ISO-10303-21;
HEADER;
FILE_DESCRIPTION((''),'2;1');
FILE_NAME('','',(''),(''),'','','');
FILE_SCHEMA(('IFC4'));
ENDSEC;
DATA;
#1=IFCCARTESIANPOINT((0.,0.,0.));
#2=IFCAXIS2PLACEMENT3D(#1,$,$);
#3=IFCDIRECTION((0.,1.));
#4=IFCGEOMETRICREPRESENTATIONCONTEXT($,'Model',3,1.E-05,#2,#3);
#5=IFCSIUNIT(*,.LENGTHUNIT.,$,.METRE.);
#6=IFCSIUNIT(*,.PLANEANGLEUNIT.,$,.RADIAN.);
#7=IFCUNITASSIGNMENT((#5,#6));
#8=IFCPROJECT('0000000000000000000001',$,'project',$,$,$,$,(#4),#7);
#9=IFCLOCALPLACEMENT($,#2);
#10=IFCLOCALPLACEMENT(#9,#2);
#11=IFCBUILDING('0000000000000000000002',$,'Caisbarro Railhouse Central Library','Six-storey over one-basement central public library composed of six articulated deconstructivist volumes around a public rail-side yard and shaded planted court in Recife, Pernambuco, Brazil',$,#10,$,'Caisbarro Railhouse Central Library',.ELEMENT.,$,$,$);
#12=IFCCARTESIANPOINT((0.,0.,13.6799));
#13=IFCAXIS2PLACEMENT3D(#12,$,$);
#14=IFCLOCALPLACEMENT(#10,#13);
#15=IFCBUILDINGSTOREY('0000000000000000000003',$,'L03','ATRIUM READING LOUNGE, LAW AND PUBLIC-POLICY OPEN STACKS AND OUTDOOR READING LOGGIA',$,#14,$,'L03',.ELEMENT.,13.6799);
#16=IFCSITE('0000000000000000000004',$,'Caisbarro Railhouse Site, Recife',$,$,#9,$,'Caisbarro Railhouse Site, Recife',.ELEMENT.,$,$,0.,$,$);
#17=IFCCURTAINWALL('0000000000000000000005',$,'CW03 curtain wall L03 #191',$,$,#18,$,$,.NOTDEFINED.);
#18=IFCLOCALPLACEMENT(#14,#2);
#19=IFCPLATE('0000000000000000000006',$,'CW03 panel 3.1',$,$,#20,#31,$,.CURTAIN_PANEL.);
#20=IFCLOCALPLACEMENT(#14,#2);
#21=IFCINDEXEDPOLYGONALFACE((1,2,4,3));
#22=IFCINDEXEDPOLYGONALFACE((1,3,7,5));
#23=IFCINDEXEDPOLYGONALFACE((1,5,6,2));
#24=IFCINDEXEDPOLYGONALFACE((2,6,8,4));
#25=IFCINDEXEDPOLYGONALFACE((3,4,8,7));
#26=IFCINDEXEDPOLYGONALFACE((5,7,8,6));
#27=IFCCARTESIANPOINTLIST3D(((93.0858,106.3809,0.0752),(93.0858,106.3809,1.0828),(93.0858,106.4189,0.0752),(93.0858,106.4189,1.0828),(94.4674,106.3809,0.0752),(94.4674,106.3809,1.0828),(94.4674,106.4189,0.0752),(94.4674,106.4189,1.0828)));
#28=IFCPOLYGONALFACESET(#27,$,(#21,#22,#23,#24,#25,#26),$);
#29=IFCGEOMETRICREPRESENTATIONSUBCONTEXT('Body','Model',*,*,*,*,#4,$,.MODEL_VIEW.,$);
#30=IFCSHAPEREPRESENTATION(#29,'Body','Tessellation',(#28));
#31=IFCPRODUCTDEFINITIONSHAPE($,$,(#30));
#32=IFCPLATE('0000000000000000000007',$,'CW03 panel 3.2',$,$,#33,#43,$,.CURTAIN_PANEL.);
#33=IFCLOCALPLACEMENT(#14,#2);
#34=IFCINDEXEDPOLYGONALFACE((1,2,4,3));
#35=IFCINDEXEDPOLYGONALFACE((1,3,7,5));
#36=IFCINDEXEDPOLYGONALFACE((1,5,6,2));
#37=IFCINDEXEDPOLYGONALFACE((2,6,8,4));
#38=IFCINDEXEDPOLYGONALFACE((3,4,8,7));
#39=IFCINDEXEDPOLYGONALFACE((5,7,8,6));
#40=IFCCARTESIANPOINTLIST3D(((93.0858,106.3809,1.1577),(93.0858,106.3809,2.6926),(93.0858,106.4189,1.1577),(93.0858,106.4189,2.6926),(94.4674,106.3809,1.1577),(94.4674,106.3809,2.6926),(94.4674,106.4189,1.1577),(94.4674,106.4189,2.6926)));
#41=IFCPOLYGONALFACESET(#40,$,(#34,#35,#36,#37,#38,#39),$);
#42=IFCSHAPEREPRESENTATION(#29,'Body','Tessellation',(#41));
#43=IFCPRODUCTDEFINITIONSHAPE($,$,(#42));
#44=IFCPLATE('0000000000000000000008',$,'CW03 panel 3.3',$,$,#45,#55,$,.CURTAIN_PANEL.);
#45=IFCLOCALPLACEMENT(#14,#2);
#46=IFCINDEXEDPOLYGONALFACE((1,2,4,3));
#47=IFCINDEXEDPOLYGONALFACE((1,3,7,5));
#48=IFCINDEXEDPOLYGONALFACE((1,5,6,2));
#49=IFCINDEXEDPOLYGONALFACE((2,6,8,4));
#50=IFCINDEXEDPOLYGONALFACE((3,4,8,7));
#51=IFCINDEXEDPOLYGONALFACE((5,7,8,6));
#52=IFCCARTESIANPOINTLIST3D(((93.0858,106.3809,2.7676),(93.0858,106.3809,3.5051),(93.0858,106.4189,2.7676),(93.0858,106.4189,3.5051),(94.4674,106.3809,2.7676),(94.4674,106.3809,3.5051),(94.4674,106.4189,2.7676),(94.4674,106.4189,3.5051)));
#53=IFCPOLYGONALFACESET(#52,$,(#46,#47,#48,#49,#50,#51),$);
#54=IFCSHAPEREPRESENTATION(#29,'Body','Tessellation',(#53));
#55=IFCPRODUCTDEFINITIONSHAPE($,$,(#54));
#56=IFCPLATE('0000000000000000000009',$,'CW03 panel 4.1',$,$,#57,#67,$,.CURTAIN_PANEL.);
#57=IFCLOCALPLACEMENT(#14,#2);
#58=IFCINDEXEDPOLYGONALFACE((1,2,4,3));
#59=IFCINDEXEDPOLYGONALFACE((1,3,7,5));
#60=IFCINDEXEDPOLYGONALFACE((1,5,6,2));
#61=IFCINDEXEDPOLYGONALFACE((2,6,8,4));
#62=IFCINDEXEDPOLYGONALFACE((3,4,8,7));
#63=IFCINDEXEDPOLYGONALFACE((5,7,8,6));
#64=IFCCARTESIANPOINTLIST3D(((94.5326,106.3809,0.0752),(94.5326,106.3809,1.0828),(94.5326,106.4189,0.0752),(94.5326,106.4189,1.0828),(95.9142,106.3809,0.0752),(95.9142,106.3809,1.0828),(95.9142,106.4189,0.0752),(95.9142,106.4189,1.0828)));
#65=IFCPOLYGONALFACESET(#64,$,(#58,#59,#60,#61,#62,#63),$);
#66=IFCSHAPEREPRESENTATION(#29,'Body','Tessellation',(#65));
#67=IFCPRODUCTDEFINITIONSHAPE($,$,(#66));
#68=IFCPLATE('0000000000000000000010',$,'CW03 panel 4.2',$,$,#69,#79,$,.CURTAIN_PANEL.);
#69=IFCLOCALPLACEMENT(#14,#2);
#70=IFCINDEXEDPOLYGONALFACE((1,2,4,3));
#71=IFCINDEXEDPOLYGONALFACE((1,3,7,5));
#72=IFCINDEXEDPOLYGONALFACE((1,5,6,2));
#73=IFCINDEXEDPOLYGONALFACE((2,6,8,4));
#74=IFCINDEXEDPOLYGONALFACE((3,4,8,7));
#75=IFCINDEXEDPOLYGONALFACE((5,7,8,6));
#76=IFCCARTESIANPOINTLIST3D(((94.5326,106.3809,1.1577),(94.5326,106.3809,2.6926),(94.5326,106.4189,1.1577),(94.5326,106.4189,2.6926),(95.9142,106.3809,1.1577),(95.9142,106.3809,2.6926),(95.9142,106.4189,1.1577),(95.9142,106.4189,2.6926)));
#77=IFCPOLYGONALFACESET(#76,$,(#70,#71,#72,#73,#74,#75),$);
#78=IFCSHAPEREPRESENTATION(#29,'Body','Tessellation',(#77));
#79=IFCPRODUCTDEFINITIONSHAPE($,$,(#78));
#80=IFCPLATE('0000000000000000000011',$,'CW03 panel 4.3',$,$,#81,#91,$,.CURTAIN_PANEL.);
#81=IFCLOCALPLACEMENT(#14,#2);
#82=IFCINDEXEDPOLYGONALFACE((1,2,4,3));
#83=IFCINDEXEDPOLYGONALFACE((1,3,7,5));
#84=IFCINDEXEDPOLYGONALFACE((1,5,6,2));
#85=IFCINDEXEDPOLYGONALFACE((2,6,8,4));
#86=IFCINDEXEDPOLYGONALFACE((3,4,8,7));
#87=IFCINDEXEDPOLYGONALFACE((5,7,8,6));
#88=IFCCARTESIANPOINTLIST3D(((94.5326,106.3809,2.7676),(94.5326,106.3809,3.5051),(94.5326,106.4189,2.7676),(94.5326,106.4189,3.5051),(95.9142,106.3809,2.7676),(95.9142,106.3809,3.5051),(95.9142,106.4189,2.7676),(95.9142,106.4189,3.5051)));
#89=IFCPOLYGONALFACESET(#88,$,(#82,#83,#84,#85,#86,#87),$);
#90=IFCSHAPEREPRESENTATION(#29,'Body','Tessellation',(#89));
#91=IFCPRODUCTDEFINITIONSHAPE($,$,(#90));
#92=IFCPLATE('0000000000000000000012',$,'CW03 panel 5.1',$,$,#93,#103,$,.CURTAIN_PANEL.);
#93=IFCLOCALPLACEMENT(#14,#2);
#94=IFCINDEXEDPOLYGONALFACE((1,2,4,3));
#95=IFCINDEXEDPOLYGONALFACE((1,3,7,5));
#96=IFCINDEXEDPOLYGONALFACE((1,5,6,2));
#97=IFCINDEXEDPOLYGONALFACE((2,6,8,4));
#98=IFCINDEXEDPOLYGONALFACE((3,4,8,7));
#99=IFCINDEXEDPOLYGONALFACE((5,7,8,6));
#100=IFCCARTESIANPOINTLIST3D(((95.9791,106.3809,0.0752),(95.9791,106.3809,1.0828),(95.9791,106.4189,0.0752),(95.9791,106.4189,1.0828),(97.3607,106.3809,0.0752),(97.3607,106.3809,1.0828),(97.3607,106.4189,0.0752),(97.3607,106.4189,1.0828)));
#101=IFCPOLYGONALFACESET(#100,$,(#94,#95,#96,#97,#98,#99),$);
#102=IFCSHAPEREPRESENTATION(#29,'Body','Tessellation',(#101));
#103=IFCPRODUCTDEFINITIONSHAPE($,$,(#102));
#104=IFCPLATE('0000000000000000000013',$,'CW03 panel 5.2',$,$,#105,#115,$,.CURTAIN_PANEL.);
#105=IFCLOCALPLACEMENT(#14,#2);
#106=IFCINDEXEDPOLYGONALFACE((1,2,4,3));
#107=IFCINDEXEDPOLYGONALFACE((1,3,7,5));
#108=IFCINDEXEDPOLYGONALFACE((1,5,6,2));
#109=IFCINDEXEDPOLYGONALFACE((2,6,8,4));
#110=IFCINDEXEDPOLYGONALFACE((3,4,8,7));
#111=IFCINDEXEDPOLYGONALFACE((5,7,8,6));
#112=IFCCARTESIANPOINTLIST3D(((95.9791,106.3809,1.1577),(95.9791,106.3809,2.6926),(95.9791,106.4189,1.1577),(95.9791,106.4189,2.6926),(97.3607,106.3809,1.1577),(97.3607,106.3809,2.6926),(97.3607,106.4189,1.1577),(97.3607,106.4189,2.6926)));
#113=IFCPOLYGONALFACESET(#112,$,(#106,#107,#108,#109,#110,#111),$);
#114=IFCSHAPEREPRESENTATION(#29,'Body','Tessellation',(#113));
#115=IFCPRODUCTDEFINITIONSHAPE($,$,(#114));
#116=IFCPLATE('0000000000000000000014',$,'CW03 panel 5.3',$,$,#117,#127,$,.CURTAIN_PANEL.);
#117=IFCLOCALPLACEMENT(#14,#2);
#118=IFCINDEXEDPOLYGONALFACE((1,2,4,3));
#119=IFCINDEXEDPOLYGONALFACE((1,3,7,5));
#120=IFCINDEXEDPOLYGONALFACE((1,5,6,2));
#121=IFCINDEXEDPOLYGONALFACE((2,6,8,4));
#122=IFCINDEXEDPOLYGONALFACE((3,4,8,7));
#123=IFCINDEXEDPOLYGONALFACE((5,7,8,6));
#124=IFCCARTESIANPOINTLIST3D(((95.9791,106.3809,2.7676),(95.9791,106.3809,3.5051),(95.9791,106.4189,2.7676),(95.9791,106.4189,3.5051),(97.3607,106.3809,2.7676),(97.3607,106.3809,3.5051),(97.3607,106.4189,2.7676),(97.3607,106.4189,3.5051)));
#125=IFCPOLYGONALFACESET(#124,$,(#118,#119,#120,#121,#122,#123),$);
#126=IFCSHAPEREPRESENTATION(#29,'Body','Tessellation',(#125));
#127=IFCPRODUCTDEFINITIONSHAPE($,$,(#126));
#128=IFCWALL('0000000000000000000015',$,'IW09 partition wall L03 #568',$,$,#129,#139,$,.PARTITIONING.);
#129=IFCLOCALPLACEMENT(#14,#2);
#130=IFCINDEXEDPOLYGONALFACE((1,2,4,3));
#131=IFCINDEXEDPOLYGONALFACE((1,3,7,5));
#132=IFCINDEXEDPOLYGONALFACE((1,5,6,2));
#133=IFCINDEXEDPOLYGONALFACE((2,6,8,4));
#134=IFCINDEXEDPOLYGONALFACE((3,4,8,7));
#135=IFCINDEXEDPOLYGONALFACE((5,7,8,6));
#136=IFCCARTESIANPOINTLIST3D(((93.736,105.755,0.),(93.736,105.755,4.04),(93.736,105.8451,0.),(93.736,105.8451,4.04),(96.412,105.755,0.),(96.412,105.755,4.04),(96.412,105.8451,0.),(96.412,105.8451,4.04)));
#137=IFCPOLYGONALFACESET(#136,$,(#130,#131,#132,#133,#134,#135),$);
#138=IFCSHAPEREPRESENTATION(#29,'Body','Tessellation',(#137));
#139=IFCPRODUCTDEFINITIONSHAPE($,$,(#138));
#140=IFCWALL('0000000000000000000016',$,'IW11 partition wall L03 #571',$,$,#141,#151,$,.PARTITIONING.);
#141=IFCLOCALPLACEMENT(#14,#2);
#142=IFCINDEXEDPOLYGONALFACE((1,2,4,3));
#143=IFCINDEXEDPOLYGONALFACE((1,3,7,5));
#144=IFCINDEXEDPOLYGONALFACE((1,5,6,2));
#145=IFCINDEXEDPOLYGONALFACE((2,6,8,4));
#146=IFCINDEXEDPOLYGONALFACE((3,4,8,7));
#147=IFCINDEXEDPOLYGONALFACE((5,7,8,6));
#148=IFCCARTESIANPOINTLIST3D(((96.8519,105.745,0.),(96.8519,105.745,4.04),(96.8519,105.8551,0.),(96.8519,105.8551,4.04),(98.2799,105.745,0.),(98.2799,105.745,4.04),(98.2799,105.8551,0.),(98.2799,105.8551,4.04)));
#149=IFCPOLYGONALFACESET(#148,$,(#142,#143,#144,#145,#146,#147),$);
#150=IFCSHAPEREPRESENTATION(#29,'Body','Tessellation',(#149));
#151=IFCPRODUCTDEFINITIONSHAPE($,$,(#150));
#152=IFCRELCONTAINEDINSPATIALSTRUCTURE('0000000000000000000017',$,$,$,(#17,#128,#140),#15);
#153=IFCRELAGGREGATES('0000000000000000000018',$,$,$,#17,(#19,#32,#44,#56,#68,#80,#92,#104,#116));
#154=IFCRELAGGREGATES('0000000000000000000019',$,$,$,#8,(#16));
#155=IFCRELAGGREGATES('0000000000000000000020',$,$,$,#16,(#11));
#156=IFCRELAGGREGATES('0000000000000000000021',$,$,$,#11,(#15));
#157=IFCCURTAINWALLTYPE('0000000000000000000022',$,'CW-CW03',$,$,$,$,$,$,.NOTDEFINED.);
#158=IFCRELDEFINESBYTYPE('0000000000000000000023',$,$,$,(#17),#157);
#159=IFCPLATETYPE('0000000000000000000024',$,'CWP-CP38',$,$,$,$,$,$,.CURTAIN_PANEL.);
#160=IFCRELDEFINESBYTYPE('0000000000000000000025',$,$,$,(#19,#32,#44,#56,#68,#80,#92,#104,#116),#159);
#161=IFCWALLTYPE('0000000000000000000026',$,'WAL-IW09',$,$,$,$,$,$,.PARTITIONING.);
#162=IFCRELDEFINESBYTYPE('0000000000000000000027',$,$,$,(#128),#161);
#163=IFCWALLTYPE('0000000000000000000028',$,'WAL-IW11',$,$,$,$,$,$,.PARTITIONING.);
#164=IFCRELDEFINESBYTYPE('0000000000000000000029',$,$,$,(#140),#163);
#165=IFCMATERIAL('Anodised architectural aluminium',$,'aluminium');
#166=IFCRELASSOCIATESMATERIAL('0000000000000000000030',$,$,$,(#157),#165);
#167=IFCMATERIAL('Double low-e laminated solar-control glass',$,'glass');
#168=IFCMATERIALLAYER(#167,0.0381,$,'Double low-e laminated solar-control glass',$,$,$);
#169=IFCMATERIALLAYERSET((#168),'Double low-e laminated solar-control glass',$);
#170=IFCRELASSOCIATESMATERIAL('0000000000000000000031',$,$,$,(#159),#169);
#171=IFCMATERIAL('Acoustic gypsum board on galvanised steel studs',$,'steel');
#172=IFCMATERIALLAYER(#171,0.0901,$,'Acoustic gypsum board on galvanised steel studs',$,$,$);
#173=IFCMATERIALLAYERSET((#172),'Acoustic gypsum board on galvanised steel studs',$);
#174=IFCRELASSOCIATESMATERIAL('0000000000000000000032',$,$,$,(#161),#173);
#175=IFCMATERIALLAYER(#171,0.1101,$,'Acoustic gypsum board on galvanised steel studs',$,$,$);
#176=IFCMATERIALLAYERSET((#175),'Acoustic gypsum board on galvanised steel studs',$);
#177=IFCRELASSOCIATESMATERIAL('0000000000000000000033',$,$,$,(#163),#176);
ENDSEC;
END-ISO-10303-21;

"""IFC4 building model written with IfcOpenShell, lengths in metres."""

from ifc_helpers import new_model, si_unit, direction, frame, frame_2d, origin, origin_2d, place, context, subcontext, project, spatial, rectangle, extrude, material, layer, layer_set, type_object, element, aggregate, save


model = new_model("IFC4")

# Units and contexts
model_context = context("Model", 3, precision=1e-05, world=origin(), true_north=direction((0.0, 1.0)))
body_context = subcontext(model_context, "Body", "Model", "MODEL_VIEW")
ifc_project = project(units=[si_unit("LENGTHUNIT", "METRE"), si_unit("PLANEANGLEUNIT", "RADIAN")], contexts=[model_context])

# Site, building, storey
site_placement = place(None, origin())
site = spatial("IfcSite", under=ifc_project, at=site_placement, Name="Caisbarro Railhouse Site, Recife", LongName="Caisbarro Railhouse Site, Recife", CompositionType="ELEMENT", RefElevation=0.0)
building_placement = place(site_placement, origin())
building = spatial("IfcBuilding", under=site, at=building_placement, Name="Caisbarro Railhouse Central Library", Description="Six-storey over one-basement central public library composed of six articulated deconstructivist volumes around a public rail-side yard and shaded planted court in Recife, Pernambuco, Brazil", LongName="Caisbarro Railhouse Central Library", CompositionType="ELEMENT")
storey_placement = place(building_placement, frame((0.0, 0.0, 13.6799)))
storey = spatial("IfcBuildingStorey", under=building, at=storey_placement, Name="L03", Description="ATRIUM READING LOUNGE, LAW AND PUBLIC-POLICY OPEN STACKS AND OUTDOOR READING LOGGIA", LongName="L03", CompositionType="ELEMENT", Elevation=13.6799)

# Curtain wall, plates
ifc_material_1 = material(Name="Anodised architectural aluminium", Category="aluminium")
curtain_wall_type = type_object("IfcCurtainWallType", Name="CW-CW03", PredefinedType="NOTDEFINED", material=ifc_material_1)
curtain_wall_placement = place(storey_placement, origin())
curtain_wall = element("IfcCurtainWall", 1, at=curtain_wall_placement, inside=storey, type_object=curtain_wall_type, Name="CW03 curtain wall L03 #191", PredefinedType="NOTDEFINED")
ifc_material_2 = material(Name="Double low-e laminated solar-control glass", Category="glass")
ifc_layer_1 = layer(ifc_material_2, 0.0381, Name="Double low-e laminated solar-control glass")
ifc_layer_set_1 = layer_set([ifc_layer_1], Name="Double low-e laminated solar-control glass")
plate_type = type_object("IfcPlateType", Name="CWP-CP38", PredefinedType="CURTAIN_PANEL", material=ifc_layer_set_1)
plate_1_placement = place(storey_placement, frame((93.7766, 106.3999, 0.0752), z_axis=(0.0, 0.0, 1.0), x_axis=(1.0, 0.0, 0.0)))
plate_1 = element("IfcPlate", 2, at=plate_1_placement, type_object=plate_type, Name="CW03 panel 3.1", PredefinedType="CURTAIN_PANEL", context=body_context, shape_type="SweptSolid", body=[
    extrude(rectangle(XDim=1.3816, YDim=0.0381, at=origin_2d()), origin(), (0.0, 0.0, 1.0), 1.0076),
])
plate_2_placement = place(storey_placement, frame((93.7766, 106.3999, 1.1577), z_axis=(0.0, 0.0, 1.0), x_axis=(1.0, 0.0, 0.0)))
plate_2 = element("IfcPlate", 3, at=plate_2_placement, type_object=plate_type, Name="CW03 panel 3.2", PredefinedType="CURTAIN_PANEL", context=body_context, shape_type="SweptSolid", body=[
    extrude(rectangle(XDim=1.3816, YDim=0.0381, at=origin_2d()), origin(), (0.0, 0.0, 1.0), 1.5349),
])
plate_3_placement = place(storey_placement, frame((93.7766, 106.3999, 2.7676), z_axis=(0.0, 0.0, 1.0), x_axis=(1.0, 0.0, 0.0)))
plate_3 = element("IfcPlate", 4, at=plate_3_placement, type_object=plate_type, Name="CW03 panel 3.3", PredefinedType="CURTAIN_PANEL", context=body_context, shape_type="SweptSolid", body=[
    extrude(rectangle(XDim=1.3816, YDim=0.0381, at=origin_2d()), origin(), (0.0, 0.0, 1.0), 0.7375),
])
plate_4_placement = place(storey_placement, frame((95.2234, 106.3999, 0.0752), z_axis=(0.0, 0.0, 1.0), x_axis=(1.0, 0.0, 0.0)))
plate_4 = element("IfcPlate", 5, at=plate_4_placement, type_object=plate_type, Name="CW03 panel 4.1", PredefinedType="CURTAIN_PANEL", context=body_context, shape_type="SweptSolid", body=[
    extrude(rectangle(XDim=1.3816, YDim=0.0381, at=origin_2d()), origin(), (0.0, 0.0, 1.0), 1.0076),
])
plate_5_placement = place(storey_placement, frame((95.2234, 106.3999, 1.1577), z_axis=(0.0, 0.0, 1.0), x_axis=(1.0, 0.0, 0.0)))
plate_5 = element("IfcPlate", 6, at=plate_5_placement, type_object=plate_type, Name="CW03 panel 4.2", PredefinedType="CURTAIN_PANEL", context=body_context, shape_type="SweptSolid", body=[
    extrude(rectangle(XDim=1.3816, YDim=0.0381, at=origin_2d()), origin(), (0.0, 0.0, 1.0), 1.5349),
])
plate_6_placement = place(storey_placement, frame((95.2234, 106.3999, 2.7676), z_axis=(0.0, 0.0, 1.0), x_axis=(1.0, 0.0, 0.0)))
plate_6 = element("IfcPlate", 7, at=plate_6_placement, type_object=plate_type, Name="CW03 panel 4.3", PredefinedType="CURTAIN_PANEL", context=body_context, shape_type="SweptSolid", body=[
    extrude(rectangle(XDim=1.3816, YDim=0.0381, at=origin_2d()), origin(), (0.0, 0.0, 1.0), 0.7375),
])
plate_7_placement = place(storey_placement, frame((96.6699, 106.3999, 0.0752), z_axis=(0.0, 0.0, 1.0), x_axis=(1.0, 0.0, 0.0)))
plate_7 = element("IfcPlate", 8, at=plate_7_placement, type_object=plate_type, Name="CW03 panel 5.1", PredefinedType="CURTAIN_PANEL", context=body_context, shape_type="SweptSolid", body=[
    extrude(rectangle(XDim=1.3816, YDim=0.0381, at=origin_2d()), origin(), (0.0, 0.0, 1.0), 1.0076),
])
plate_8_placement = place(storey_placement, frame((96.6699, 106.3999, 1.1577), z_axis=(0.0, 0.0, 1.0), x_axis=(1.0, 0.0, 0.0)))
plate_8 = element("IfcPlate", 9, at=plate_8_placement, type_object=plate_type, Name="CW03 panel 5.2", PredefinedType="CURTAIN_PANEL", context=body_context, shape_type="SweptSolid", body=[
    extrude(rectangle(XDim=1.3816, YDim=0.0381, at=origin_2d()), origin(), (0.0, 0.0, 1.0), 1.5349),
])
plate_9_placement = place(storey_placement, frame((96.6699, 106.3999, 2.7676), z_axis=(0.0, 0.0, 1.0), x_axis=(1.0, 0.0, 0.0)))
plate_9 = element("IfcPlate", 10, at=plate_9_placement, type_object=plate_type, Name="CW03 panel 5.3", PredefinedType="CURTAIN_PANEL", context=body_context, shape_type="SweptSolid", body=[
    extrude(rectangle(XDim=1.3816, YDim=0.0381, at=origin_2d()), origin(), (0.0, 0.0, 1.0), 0.7375),
])
aggregate(curtain_wall, [plate_1, plate_2, plate_3, plate_4, plate_5, plate_6, plate_7, plate_8, plate_9])

# Walls
ifc_material_3 = material(Name="Acoustic gypsum board on galvanised steel studs", Category="steel")
ifc_layer_2 = layer(ifc_material_3, 0.0901, Name="Acoustic gypsum board on galvanised steel studs")
ifc_layer_set_2 = layer_set([ifc_layer_2], Name="Acoustic gypsum board on galvanised steel studs")
wall_type_1 = type_object("IfcWallType", Name="WAL-IW09", PredefinedType="PARTITIONING", material=ifc_layer_set_2)
wall_1_placement = place(storey_placement, frame((93.7361, 105.8, 0.0), z_axis=(0.0, 0.0, 1.0), x_axis=(1.0, 0.0, 0.0)))
element("IfcWall", 11, at=wall_1_placement, inside=storey, type_object=wall_type_1, Name="IW09 partition wall L03 #568", PredefinedType="PARTITIONING", context=body_context, shape_type="SweptSolid", body=[
    extrude(rectangle(XDim=2.676, YDim=0.0901, at=frame_2d((1.3379, 0.0))), origin(), (0.0, 0.0, 1.0), 4.04),
])
ifc_layer_3 = layer(ifc_material_3, 0.1101, Name="Acoustic gypsum board on galvanised steel studs")
ifc_layer_set_3 = layer_set([ifc_layer_3], Name="Acoustic gypsum board on galvanised steel studs")
wall_type_2 = type_object("IfcWallType", Name="WAL-IW11", PredefinedType="PARTITIONING", material=ifc_layer_set_3)
wall_2_placement = place(storey_placement, frame((96.8521, 105.8, 0.0), z_axis=(0.0, 0.0, 1.0), x_axis=(1.0, 0.0, 0.0)))
element("IfcWall", 12, at=wall_2_placement, inside=storey, type_object=wall_type_2, Name="IW11 partition wall L03 #571", PredefinedType="PARTITIONING", context=body_context, shape_type="SweptSolid", body=[
    extrude(rectangle(XDim=1.428, YDim=0.1101, at=frame_2d((0.7139, 0.0))), origin(), (0.0, 0.0, 1.0), 4.04),
])

save(model, "model.ifc")
